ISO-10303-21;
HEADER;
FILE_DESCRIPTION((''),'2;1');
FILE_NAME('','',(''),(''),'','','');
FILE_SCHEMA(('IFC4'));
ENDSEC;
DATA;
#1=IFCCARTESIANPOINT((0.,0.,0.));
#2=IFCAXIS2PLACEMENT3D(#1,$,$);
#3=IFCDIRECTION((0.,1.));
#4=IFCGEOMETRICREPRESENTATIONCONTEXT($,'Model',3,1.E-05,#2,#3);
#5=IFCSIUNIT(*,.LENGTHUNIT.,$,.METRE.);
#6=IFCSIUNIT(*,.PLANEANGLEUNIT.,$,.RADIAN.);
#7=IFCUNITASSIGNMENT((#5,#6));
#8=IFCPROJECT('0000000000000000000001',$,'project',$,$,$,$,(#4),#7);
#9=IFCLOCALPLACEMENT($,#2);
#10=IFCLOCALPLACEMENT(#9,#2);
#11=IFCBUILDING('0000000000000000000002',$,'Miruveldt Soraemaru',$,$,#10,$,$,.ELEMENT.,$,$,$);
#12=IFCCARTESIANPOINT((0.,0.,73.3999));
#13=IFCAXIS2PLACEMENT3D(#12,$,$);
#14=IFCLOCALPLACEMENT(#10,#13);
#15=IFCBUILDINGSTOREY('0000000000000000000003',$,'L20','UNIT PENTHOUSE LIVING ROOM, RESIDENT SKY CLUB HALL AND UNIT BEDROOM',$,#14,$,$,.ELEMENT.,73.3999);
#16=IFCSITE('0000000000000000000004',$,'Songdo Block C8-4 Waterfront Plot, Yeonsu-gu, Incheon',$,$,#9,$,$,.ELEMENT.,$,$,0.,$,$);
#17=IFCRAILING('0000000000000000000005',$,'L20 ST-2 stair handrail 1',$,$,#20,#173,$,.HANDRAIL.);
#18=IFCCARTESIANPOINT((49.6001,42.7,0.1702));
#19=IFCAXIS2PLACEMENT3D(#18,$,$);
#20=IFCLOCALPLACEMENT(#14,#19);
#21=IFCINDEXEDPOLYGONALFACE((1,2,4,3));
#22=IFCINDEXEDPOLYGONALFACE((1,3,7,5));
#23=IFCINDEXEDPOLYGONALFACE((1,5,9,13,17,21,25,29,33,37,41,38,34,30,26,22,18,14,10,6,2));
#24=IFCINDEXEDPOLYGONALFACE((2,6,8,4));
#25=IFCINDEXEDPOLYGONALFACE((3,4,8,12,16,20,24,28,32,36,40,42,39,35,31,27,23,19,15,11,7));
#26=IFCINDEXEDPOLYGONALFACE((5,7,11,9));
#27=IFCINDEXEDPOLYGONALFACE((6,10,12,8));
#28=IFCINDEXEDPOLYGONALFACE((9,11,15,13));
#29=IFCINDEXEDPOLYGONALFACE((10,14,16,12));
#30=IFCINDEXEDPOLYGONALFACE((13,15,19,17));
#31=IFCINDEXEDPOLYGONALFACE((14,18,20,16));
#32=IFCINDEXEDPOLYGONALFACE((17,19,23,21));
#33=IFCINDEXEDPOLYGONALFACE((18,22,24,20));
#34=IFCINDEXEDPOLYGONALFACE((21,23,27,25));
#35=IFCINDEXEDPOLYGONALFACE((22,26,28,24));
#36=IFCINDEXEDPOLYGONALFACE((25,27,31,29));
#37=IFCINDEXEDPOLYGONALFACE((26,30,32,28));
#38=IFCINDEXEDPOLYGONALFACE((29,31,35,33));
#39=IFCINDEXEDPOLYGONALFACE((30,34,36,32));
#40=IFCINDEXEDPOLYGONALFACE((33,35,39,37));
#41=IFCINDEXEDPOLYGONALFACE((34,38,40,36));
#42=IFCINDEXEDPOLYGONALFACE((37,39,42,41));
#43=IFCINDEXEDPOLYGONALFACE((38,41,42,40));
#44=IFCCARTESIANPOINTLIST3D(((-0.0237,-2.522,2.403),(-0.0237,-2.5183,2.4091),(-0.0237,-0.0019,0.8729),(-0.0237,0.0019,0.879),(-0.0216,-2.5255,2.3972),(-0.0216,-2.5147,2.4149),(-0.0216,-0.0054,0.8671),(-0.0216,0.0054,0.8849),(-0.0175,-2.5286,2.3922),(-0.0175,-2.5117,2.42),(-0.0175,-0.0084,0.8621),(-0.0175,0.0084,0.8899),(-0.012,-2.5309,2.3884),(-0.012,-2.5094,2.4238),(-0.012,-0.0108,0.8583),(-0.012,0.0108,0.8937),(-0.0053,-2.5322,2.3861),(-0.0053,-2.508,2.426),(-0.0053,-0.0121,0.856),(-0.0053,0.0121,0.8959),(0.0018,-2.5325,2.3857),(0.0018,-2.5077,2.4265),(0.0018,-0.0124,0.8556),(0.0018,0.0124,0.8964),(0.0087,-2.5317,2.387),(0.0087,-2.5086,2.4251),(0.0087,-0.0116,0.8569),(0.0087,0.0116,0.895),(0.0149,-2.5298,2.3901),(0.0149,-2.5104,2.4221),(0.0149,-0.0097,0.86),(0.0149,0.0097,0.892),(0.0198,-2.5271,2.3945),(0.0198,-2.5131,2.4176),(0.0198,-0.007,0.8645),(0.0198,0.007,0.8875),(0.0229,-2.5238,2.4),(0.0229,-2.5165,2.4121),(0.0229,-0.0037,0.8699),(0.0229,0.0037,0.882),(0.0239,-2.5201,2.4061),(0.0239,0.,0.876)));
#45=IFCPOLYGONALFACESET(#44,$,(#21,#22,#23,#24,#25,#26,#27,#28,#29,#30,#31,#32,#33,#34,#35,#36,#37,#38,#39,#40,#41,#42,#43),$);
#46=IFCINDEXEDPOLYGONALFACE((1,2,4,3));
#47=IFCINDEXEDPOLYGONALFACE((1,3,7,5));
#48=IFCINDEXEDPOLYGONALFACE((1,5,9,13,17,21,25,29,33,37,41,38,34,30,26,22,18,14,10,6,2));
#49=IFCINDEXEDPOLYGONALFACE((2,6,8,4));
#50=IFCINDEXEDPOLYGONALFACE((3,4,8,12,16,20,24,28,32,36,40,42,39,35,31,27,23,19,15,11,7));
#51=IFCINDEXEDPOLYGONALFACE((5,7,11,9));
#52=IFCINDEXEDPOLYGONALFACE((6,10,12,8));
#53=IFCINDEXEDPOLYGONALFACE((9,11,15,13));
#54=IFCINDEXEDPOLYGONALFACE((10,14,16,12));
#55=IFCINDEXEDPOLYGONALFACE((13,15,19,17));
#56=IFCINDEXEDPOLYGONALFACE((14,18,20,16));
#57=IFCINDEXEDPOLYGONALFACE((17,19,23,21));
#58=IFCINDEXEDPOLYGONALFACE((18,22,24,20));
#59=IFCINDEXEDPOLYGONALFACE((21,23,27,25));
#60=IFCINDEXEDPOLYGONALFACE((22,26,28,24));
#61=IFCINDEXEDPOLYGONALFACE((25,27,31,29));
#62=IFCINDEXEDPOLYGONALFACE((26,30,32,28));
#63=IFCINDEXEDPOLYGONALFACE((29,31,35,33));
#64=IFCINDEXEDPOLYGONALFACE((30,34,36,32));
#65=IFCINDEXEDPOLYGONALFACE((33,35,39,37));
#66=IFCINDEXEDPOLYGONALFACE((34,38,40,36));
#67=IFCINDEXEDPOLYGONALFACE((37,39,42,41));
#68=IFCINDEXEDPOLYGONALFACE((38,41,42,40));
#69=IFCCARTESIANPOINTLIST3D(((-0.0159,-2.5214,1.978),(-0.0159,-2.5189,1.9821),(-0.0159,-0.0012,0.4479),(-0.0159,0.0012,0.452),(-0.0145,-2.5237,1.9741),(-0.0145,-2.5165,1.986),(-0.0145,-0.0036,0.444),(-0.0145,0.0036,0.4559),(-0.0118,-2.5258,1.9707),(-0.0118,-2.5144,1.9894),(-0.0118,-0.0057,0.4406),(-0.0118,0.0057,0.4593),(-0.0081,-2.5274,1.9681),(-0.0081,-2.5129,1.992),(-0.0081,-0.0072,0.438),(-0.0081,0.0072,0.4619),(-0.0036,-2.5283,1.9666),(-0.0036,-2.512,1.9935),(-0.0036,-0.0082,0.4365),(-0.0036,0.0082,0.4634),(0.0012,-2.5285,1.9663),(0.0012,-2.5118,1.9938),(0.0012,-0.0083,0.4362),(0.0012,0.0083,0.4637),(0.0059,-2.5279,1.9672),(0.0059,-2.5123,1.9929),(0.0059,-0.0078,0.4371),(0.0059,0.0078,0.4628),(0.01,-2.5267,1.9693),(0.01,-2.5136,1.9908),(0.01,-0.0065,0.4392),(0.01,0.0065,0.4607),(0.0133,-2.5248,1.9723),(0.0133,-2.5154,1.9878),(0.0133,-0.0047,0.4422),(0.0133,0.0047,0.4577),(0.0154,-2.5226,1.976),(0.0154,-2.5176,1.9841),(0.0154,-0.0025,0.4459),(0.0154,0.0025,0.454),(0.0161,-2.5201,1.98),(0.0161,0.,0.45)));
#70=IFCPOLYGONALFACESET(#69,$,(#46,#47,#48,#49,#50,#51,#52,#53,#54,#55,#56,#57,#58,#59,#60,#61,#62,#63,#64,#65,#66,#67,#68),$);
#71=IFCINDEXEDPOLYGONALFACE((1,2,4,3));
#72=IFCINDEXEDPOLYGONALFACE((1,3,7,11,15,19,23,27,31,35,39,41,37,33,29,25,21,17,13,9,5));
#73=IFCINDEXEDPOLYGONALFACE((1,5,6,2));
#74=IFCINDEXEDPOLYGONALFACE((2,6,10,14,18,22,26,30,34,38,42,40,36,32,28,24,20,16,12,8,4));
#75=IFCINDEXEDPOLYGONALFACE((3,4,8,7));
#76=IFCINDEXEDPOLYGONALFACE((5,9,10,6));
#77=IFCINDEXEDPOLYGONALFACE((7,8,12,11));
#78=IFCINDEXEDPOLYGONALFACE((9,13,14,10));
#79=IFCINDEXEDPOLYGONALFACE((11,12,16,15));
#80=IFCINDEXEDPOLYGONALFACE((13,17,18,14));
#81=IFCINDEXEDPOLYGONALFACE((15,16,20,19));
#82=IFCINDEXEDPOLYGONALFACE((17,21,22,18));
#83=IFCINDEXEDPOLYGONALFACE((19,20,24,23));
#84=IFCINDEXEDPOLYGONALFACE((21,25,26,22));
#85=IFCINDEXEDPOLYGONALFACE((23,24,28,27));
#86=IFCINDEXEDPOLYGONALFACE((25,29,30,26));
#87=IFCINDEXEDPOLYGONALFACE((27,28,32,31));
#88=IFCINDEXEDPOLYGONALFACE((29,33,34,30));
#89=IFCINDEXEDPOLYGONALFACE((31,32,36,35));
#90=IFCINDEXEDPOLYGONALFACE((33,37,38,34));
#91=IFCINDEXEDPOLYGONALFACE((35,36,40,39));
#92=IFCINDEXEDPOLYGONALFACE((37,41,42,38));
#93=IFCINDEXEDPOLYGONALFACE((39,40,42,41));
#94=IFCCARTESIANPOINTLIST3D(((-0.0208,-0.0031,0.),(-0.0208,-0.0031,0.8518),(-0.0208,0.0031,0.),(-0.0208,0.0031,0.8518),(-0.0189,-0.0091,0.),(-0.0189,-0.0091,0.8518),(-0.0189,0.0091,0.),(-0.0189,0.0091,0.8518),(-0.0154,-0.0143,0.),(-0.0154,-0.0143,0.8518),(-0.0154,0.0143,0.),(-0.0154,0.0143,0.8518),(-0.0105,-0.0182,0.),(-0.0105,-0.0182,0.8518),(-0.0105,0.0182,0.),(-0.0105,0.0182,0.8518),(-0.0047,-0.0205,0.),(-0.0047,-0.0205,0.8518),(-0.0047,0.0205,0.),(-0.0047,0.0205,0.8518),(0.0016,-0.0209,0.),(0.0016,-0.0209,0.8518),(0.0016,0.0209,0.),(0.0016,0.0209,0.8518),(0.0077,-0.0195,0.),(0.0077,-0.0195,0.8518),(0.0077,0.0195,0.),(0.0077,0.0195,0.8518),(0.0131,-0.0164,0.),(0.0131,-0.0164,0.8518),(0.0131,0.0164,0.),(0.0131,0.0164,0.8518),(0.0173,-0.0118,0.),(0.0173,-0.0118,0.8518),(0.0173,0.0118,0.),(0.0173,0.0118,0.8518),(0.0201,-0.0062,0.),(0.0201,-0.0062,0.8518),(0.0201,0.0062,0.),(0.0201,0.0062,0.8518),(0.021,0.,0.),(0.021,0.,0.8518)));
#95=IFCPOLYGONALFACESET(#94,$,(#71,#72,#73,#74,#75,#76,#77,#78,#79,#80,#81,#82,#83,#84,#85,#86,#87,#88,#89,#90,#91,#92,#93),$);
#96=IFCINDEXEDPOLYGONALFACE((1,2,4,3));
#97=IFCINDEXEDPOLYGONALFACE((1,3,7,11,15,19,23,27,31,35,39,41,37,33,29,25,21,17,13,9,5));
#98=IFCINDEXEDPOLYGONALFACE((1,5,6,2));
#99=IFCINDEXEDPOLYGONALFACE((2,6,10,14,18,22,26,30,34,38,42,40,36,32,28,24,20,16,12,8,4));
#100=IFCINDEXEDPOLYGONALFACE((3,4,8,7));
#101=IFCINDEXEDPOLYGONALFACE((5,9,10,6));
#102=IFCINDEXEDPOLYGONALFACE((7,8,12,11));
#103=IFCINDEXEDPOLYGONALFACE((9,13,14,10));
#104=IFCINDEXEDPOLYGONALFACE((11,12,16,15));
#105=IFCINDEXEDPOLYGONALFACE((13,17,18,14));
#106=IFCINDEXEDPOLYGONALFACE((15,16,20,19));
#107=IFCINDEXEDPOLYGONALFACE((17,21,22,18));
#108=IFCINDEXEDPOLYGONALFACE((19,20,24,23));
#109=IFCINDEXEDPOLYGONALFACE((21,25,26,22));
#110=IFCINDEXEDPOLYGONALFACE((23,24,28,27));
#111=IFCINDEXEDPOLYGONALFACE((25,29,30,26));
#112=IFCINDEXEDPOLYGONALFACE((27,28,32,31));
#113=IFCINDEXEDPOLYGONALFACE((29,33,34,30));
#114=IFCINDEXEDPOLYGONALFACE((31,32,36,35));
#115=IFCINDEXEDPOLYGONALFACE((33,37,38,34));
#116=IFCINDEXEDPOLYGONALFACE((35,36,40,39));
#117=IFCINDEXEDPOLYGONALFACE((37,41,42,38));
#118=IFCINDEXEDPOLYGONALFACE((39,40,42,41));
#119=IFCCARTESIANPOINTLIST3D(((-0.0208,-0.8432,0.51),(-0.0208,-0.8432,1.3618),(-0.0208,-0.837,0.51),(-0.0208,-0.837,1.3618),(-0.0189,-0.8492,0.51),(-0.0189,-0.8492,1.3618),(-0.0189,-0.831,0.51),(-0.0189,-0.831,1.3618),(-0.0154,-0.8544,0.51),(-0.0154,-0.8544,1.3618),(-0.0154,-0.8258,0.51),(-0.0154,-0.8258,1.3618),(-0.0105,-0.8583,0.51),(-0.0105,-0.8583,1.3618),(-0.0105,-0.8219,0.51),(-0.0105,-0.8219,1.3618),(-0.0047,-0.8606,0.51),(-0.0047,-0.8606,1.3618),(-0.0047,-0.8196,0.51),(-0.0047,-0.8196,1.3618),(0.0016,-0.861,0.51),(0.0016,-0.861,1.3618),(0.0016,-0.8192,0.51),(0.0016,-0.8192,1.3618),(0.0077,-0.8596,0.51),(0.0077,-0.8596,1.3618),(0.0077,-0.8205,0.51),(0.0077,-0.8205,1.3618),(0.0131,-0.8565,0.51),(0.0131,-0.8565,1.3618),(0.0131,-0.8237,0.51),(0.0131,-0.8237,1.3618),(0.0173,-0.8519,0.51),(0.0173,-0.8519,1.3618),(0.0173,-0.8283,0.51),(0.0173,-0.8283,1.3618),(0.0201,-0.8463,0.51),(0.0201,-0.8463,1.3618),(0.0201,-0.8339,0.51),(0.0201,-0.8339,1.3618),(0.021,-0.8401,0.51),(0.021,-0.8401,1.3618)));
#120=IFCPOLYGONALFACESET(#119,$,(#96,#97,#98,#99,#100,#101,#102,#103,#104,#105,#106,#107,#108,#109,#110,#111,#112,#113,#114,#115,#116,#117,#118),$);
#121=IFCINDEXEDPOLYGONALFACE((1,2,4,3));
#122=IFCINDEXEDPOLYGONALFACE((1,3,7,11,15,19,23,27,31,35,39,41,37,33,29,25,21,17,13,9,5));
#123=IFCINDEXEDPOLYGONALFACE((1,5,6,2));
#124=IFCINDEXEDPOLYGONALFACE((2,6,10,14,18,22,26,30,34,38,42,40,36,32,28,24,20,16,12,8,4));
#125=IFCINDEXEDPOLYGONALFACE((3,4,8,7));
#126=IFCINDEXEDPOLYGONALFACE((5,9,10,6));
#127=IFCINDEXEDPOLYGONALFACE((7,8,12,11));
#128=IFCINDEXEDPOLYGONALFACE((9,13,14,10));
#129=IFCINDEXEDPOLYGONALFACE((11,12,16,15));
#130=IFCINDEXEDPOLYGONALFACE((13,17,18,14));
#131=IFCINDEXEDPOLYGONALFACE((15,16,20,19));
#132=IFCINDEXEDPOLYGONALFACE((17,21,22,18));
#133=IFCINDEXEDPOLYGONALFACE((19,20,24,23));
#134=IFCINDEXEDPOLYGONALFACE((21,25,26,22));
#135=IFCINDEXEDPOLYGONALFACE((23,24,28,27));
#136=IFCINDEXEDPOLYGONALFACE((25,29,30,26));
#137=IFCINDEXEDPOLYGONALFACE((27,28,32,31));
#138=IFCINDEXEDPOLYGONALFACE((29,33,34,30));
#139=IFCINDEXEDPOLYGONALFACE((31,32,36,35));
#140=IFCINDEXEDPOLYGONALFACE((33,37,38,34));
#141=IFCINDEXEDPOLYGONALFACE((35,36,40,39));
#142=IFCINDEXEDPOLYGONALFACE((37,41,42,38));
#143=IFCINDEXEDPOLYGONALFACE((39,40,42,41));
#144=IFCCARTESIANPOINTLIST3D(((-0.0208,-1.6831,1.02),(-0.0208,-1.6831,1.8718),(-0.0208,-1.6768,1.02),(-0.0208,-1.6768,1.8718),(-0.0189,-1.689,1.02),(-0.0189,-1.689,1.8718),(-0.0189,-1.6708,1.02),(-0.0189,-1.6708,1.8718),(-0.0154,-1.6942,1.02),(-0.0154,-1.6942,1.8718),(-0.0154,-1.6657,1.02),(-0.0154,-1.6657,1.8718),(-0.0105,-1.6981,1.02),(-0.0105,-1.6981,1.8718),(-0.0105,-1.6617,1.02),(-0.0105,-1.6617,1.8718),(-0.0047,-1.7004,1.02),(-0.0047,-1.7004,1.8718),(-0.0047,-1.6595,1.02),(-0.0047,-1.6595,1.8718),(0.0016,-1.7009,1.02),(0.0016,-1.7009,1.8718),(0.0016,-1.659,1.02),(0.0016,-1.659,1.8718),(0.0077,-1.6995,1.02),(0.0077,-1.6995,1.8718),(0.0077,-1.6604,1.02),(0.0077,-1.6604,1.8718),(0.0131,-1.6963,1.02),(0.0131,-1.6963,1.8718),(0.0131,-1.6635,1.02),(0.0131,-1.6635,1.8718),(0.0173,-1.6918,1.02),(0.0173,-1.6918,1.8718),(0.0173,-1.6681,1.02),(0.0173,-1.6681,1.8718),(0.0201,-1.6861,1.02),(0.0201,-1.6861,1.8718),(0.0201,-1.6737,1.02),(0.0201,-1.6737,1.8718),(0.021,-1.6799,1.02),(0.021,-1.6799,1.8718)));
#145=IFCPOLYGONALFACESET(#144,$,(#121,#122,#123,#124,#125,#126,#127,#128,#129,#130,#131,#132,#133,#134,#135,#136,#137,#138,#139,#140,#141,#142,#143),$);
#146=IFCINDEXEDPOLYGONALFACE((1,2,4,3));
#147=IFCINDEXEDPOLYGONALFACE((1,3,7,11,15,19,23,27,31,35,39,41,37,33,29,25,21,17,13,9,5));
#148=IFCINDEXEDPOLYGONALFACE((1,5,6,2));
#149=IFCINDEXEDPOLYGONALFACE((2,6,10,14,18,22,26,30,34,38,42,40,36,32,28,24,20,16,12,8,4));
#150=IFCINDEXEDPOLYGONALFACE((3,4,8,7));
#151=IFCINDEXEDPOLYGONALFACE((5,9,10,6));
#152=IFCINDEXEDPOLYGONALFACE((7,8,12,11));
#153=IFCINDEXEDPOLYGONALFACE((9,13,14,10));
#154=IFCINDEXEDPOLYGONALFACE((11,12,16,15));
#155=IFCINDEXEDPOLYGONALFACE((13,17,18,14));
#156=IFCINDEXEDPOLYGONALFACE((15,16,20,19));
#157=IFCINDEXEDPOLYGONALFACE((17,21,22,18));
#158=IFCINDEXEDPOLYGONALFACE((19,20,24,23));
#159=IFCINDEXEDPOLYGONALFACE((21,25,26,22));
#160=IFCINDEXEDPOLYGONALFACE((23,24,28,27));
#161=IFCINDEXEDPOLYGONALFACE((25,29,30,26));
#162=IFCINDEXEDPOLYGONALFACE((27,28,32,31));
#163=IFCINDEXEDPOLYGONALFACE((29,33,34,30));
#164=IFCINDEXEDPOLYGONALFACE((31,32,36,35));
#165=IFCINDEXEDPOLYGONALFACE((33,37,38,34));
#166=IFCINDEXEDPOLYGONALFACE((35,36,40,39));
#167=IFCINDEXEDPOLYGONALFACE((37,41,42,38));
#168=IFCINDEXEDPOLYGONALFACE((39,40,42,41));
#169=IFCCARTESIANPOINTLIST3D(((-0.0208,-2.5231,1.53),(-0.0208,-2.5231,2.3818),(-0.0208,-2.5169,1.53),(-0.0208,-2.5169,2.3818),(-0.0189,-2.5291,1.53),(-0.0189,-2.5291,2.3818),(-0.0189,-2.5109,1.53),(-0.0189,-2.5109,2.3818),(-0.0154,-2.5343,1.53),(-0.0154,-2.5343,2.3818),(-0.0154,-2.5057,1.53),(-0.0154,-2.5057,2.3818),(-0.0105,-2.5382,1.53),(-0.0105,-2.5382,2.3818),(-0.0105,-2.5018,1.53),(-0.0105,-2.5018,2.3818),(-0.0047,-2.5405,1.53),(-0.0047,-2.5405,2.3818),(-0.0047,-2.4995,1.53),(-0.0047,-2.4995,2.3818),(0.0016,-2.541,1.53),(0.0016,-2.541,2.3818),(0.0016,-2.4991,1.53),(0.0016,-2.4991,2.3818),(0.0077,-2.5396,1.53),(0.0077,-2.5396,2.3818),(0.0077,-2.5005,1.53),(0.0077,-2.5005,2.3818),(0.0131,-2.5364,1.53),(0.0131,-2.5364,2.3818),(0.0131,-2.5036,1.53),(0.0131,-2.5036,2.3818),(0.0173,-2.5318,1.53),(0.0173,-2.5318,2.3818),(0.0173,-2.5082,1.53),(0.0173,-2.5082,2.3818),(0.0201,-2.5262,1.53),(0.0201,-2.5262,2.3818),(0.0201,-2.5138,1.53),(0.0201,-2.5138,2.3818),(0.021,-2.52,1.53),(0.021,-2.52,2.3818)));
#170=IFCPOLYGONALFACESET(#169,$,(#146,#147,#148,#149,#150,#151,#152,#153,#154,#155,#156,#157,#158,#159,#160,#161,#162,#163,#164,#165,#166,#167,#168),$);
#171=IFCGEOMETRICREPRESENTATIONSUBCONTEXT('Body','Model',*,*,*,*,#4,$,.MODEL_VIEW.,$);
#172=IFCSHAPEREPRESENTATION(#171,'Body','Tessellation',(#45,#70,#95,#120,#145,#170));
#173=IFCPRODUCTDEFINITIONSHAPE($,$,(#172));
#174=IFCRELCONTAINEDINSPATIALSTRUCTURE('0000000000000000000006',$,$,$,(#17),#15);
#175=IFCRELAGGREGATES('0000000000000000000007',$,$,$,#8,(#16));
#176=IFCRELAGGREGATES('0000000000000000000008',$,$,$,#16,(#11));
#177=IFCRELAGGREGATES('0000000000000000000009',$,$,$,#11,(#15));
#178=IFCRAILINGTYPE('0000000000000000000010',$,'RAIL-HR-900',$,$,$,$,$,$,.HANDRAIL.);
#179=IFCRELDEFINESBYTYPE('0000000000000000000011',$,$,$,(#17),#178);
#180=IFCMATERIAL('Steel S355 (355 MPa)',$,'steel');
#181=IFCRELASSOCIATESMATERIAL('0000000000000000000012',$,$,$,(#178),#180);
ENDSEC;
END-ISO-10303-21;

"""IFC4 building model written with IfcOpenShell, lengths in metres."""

from ifc_helpers import new_model, si_unit, direction, frame, origin, origin_2d, place, context, subcontext, project, spatial, circle, extrude, material, type_object, element, save


model = new_model("IFC4")

# Units and contexts
model_context = context("Model", 3, precision=1e-05, world=origin(), true_north=direction((0.0, 1.0)))
body_context = subcontext(model_context, "Body", "Model", "MODEL_VIEW")
ifc_project = project(units=[si_unit("LENGTHUNIT", "METRE"), si_unit("PLANEANGLEUNIT", "RADIAN")], contexts=[model_context])

# Site, building, storey
site_placement = place(None, origin())
site = spatial("IfcSite", under=ifc_project, at=site_placement, Name="Songdo Block C8-4 Waterfront Plot, Yeonsu-gu, Incheon", CompositionType="ELEMENT", RefElevation=0.0)
building_placement = place(site_placement, origin())
building = spatial("IfcBuilding", under=site, at=building_placement, Name="Miruveldt Soraemaru", CompositionType="ELEMENT")
storey_placement = place(building_placement, frame((0.0, 0.0, 73.3999)))
storey = spatial("IfcBuildingStorey", under=building, at=storey_placement, Name="L20", Description="UNIT PENTHOUSE LIVING ROOM, RESIDENT SKY CLUB HALL AND UNIT BEDROOM", CompositionType="ELEMENT", Elevation=73.3999)

# Railing
ifc_material_1 = material(Name="Steel S355 (355 MPa)", Category="steel")
railing_type_1 = type_object("IfcRailingType", Name="RAIL-HR-900", PredefinedType="HANDRAIL", material=ifc_material_1)
railing_1_placement = place(storey_placement, frame((49.6001, 42.7, 0.1702)))
element("IfcRailing", 1, at=railing_1_placement, inside=storey, type_object=railing_type_1, Name="L20 ST-2 stair handrail 1", PredefinedType="HANDRAIL", context=body_context, shape_type="SweptSolid", body=[
    extrude(circle(Radius=0.0239, at=origin_2d()), frame((0.0, 0.0, 0.876), z_axis=(0.0, -0.854785, 0.518982), x_axis=(1.0, 0.0, 0.0)), (0.0, 0.0, 1.0), 2.9482),
    extrude(circle(Radius=0.0161, at=origin_2d()), frame((0.0, 0.0, 0.45), z_axis=(0.0, -0.854785, 0.518982), x_axis=(1.0, 0.0, 0.0)), (0.0, 0.0, 1.0), 2.9482),
    extrude(circle(Radius=0.021, at=origin_2d()), origin(), (0.0, 0.0, 1.0), 0.8518),
    extrude(circle(Radius=0.021, at=origin_2d()), frame((0.0, -0.8401, 0.51)), (0.0, 0.0, 1.0), 0.8518),
    extrude(circle(Radius=0.021, at=origin_2d()), frame((0.0, -1.6799, 1.02)), (0.0, 0.0, 1.0), 0.8518),
    extrude(circle(Radius=0.021, at=origin_2d()), frame((0.0, -2.52, 1.53)), (0.0, 0.0, 1.0), 0.8518),
])

save(model, "model.ifc")
